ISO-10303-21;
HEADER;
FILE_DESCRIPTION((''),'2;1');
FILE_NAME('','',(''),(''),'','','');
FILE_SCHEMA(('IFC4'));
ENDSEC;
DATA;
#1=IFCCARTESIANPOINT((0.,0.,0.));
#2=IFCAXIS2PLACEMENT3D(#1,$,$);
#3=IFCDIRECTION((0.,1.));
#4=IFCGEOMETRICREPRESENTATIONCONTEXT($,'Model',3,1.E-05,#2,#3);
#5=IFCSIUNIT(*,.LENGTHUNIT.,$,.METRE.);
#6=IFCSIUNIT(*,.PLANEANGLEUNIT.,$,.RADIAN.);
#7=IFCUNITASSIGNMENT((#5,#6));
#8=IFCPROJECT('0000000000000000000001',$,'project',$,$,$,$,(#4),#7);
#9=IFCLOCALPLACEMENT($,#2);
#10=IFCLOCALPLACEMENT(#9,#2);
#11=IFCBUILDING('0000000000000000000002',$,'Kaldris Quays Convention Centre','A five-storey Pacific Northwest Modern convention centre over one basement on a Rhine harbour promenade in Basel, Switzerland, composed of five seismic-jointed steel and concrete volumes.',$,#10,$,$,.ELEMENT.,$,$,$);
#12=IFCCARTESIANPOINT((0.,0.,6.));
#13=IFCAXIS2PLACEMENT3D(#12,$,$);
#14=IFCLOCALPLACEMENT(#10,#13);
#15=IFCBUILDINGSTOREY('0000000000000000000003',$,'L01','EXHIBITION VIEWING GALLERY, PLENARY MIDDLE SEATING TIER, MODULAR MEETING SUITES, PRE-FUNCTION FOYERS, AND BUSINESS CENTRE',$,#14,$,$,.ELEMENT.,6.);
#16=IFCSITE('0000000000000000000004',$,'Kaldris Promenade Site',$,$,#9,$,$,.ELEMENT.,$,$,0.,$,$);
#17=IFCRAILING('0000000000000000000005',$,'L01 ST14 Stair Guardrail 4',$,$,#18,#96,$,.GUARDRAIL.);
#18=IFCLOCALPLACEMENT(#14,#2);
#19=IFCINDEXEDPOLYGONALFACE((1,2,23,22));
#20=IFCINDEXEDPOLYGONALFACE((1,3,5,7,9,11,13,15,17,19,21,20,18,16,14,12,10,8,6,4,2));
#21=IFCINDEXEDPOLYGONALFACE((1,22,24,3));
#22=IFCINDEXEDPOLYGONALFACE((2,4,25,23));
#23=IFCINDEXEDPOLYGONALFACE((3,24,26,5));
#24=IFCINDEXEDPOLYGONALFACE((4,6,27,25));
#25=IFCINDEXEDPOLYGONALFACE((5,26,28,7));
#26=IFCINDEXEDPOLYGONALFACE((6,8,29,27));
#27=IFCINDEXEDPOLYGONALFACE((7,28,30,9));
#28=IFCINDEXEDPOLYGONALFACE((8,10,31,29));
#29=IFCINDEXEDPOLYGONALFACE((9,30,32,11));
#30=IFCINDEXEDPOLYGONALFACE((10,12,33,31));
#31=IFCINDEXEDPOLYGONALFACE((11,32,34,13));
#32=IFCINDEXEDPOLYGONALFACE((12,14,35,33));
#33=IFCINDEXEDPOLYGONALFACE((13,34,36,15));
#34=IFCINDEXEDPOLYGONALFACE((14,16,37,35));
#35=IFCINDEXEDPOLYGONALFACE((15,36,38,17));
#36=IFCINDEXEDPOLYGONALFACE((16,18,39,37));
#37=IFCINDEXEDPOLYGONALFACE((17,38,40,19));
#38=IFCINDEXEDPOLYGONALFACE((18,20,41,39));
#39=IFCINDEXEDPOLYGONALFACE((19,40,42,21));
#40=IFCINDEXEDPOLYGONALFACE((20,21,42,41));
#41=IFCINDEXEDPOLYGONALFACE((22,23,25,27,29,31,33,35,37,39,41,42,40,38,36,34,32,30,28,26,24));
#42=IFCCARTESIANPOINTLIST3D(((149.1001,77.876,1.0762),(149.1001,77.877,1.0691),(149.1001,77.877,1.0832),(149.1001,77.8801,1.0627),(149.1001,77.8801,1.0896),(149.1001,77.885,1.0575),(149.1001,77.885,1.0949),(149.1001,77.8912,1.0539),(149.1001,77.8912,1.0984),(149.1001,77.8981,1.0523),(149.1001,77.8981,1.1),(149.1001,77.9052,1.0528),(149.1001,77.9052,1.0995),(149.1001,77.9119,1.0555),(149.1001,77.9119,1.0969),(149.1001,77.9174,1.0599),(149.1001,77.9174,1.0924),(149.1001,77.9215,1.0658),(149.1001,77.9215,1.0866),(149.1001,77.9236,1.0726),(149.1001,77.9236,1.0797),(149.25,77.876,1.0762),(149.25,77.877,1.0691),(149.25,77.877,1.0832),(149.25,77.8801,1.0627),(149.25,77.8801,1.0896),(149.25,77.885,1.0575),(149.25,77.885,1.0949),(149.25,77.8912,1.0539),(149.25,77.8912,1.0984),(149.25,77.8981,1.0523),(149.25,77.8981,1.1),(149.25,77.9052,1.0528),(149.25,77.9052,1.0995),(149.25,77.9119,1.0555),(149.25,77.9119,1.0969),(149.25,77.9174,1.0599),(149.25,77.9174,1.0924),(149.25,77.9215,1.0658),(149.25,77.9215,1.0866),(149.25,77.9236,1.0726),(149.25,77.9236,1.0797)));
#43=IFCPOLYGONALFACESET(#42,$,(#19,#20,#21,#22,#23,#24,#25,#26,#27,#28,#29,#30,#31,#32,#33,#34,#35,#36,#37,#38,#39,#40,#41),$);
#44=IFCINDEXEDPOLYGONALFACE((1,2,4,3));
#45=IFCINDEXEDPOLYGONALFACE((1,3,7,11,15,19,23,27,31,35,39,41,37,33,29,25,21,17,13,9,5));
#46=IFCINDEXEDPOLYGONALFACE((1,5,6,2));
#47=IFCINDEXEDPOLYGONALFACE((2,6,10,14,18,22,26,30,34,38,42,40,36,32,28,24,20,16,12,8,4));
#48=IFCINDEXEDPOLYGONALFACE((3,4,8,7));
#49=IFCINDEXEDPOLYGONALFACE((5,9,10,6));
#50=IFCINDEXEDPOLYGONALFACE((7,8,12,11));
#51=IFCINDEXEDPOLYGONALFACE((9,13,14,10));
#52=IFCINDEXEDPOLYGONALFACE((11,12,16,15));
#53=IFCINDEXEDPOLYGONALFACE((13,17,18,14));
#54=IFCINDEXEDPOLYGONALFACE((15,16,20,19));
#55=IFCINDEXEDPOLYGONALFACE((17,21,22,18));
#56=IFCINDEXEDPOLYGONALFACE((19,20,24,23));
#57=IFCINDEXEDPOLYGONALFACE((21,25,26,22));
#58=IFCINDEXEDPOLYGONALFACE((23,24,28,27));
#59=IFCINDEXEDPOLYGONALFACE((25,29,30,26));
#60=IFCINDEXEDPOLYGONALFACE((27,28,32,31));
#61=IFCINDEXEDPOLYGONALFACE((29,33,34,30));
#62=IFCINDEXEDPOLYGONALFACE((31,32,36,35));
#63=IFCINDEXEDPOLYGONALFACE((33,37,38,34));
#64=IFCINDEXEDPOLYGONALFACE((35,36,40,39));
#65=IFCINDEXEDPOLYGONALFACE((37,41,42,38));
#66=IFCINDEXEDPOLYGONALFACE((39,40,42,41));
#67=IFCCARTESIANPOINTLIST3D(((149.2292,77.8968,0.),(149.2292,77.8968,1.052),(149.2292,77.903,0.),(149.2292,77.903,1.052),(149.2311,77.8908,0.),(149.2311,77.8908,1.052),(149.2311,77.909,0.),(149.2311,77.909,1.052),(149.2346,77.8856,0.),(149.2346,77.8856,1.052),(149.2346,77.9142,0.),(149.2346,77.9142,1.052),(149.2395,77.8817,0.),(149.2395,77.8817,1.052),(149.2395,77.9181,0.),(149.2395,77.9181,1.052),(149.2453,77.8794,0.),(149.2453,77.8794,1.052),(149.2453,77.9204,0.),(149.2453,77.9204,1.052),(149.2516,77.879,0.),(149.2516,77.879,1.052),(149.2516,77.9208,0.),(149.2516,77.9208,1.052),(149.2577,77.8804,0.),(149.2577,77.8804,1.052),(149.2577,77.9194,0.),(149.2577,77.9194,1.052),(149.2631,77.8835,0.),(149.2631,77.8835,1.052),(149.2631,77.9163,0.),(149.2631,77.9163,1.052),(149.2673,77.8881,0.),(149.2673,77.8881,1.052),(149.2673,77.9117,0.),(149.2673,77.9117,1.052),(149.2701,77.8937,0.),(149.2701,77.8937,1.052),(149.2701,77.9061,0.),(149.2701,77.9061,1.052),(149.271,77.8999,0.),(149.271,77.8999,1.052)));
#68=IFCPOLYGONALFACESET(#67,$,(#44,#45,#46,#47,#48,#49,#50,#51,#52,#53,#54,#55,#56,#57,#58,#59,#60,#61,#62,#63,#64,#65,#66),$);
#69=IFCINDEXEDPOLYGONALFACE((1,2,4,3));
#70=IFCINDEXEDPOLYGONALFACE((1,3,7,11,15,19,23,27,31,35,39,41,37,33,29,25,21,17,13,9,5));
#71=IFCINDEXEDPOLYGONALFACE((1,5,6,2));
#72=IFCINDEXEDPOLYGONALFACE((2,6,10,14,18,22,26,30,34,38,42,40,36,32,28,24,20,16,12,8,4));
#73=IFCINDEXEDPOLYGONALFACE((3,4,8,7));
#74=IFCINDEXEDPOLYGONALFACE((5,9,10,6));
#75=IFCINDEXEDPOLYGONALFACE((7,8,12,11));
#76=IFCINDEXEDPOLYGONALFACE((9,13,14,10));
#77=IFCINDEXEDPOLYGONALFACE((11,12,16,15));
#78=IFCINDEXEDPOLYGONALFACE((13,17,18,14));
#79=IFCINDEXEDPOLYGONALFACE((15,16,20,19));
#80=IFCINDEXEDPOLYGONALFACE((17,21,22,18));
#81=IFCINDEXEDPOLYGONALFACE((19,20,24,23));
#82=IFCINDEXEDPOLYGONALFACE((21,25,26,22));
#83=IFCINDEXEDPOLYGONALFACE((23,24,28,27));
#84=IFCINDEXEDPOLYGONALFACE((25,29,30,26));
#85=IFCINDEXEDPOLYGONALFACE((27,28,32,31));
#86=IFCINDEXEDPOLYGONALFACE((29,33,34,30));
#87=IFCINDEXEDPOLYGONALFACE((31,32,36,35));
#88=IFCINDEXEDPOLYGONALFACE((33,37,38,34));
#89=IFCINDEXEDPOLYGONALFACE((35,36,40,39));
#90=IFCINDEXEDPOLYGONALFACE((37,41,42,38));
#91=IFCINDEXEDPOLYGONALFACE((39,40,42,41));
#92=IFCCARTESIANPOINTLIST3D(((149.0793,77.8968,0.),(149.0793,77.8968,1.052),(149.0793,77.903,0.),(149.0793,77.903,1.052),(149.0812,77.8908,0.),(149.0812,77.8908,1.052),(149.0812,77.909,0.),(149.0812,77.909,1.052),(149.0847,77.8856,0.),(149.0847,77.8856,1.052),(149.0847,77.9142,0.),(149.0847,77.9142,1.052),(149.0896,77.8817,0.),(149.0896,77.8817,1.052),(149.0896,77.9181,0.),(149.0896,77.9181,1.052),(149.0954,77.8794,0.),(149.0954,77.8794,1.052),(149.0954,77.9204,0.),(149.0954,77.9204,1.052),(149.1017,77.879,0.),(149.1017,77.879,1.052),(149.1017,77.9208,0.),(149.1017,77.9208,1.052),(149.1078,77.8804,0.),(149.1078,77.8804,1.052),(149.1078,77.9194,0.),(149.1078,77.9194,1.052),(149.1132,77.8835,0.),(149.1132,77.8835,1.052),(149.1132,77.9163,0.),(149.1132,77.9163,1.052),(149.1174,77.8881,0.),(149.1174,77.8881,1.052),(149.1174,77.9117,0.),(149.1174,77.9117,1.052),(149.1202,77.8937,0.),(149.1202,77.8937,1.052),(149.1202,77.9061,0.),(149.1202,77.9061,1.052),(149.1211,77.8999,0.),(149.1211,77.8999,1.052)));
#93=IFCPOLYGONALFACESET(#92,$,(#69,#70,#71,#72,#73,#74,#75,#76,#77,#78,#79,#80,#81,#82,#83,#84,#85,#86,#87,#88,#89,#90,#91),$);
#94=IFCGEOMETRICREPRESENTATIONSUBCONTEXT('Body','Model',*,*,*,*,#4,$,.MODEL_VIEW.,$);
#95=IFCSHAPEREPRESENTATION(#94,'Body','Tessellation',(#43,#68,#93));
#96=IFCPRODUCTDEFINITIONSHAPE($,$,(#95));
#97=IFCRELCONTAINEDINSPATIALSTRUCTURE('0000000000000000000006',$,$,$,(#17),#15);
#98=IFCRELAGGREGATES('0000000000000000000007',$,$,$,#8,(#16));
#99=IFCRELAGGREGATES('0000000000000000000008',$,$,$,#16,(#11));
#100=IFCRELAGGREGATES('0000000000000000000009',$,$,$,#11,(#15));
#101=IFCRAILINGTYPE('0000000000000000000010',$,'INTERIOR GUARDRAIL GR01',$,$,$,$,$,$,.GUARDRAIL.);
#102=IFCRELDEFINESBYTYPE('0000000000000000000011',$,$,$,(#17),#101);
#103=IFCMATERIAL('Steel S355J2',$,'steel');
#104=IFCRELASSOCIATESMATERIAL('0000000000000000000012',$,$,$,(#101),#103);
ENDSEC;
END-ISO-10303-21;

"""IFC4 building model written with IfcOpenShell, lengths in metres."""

from ifc_helpers import new_model, si_unit, direction, frame, origin, origin_2d, place, context, subcontext, project, spatial, circle, extrude, material, type_object, element, save


model = new_model("IFC4")

# Units and contexts
model_context = context("Model", 3, precision=1e-05, world=origin(), true_north=direction((0.0, 1.0)))
body_context = subcontext(model_context, "Body", "Model", "MODEL_VIEW")
ifc_project = project(units=[si_unit("LENGTHUNIT", "METRE"), si_unit("PLANEANGLEUNIT", "RADIAN")], contexts=[model_context])

# Site, building, storey
site_placement = place(None, origin())
site = spatial("IfcSite", under=ifc_project, at=site_placement, Name="Kaldris Promenade Site", CompositionType="ELEMENT", RefElevation=0.0)
building_placement = place(site_placement, origin())
building = spatial("IfcBuilding", under=site, at=building_placement, Name="Kaldris Quays Convention Centre", Description="A five-storey Pacific Northwest Modern convention centre over one basement on a Rhine harbour promenade in Basel, Switzerland, composed of five seismic-jointed steel and concrete volumes.", CompositionType="ELEMENT")
storey_placement = place(building_placement, frame((0.0, 0.0, 6.0)))
storey = spatial("IfcBuildingStorey", under=building, at=storey_placement, Name="L01", Description="EXHIBITION VIEWING GALLERY, PLENARY MIDDLE SEATING TIER, MODULAR MEETING SUITES, PRE-FUNCTION FOYERS, AND BUSINESS CENTRE", CompositionType="ELEMENT", Elevation=6.0)

# Shared definitions
ifc_material_1 = material(Name="Steel S355J2", Category="steel")

# Railing
railing_type_1 = type_object("IfcRailingType", Name="INTERIOR GUARDRAIL GR01", PredefinedType="GUARDRAIL", material=ifc_material_1)
railing_1_placement = place(storey_placement, frame((149.25, 77.8999, 0.0)))
element("IfcRailing", 1, at=railing_1_placement, inside=storey, type_object=railing_type_1, Name="L01 ST14 Stair Guardrail 4", PredefinedType="GUARDRAIL", context=body_context, shape_type="SweptSolid", body=[
    extrude(circle(Radius=0.0239, at=origin_2d()), frame((0.0, 0.0, 1.0762), z_axis=(-1.0, 0.0, 0.0), x_axis=(0.0, -1.0, 0.0)), (0.0, 0.0, 1.0), 0.1499),
    extrude(circle(Radius=0.021, at=origin_2d()), origin(), (0.0, 0.0, 1.0), 1.052),
    extrude(circle(Radius=0.021, at=origin_2d()), frame((-0.1499, 0.0, 0.0)), (0.0, 0.0, 1.0), 1.052),
])

save(model, "model.ifc")
